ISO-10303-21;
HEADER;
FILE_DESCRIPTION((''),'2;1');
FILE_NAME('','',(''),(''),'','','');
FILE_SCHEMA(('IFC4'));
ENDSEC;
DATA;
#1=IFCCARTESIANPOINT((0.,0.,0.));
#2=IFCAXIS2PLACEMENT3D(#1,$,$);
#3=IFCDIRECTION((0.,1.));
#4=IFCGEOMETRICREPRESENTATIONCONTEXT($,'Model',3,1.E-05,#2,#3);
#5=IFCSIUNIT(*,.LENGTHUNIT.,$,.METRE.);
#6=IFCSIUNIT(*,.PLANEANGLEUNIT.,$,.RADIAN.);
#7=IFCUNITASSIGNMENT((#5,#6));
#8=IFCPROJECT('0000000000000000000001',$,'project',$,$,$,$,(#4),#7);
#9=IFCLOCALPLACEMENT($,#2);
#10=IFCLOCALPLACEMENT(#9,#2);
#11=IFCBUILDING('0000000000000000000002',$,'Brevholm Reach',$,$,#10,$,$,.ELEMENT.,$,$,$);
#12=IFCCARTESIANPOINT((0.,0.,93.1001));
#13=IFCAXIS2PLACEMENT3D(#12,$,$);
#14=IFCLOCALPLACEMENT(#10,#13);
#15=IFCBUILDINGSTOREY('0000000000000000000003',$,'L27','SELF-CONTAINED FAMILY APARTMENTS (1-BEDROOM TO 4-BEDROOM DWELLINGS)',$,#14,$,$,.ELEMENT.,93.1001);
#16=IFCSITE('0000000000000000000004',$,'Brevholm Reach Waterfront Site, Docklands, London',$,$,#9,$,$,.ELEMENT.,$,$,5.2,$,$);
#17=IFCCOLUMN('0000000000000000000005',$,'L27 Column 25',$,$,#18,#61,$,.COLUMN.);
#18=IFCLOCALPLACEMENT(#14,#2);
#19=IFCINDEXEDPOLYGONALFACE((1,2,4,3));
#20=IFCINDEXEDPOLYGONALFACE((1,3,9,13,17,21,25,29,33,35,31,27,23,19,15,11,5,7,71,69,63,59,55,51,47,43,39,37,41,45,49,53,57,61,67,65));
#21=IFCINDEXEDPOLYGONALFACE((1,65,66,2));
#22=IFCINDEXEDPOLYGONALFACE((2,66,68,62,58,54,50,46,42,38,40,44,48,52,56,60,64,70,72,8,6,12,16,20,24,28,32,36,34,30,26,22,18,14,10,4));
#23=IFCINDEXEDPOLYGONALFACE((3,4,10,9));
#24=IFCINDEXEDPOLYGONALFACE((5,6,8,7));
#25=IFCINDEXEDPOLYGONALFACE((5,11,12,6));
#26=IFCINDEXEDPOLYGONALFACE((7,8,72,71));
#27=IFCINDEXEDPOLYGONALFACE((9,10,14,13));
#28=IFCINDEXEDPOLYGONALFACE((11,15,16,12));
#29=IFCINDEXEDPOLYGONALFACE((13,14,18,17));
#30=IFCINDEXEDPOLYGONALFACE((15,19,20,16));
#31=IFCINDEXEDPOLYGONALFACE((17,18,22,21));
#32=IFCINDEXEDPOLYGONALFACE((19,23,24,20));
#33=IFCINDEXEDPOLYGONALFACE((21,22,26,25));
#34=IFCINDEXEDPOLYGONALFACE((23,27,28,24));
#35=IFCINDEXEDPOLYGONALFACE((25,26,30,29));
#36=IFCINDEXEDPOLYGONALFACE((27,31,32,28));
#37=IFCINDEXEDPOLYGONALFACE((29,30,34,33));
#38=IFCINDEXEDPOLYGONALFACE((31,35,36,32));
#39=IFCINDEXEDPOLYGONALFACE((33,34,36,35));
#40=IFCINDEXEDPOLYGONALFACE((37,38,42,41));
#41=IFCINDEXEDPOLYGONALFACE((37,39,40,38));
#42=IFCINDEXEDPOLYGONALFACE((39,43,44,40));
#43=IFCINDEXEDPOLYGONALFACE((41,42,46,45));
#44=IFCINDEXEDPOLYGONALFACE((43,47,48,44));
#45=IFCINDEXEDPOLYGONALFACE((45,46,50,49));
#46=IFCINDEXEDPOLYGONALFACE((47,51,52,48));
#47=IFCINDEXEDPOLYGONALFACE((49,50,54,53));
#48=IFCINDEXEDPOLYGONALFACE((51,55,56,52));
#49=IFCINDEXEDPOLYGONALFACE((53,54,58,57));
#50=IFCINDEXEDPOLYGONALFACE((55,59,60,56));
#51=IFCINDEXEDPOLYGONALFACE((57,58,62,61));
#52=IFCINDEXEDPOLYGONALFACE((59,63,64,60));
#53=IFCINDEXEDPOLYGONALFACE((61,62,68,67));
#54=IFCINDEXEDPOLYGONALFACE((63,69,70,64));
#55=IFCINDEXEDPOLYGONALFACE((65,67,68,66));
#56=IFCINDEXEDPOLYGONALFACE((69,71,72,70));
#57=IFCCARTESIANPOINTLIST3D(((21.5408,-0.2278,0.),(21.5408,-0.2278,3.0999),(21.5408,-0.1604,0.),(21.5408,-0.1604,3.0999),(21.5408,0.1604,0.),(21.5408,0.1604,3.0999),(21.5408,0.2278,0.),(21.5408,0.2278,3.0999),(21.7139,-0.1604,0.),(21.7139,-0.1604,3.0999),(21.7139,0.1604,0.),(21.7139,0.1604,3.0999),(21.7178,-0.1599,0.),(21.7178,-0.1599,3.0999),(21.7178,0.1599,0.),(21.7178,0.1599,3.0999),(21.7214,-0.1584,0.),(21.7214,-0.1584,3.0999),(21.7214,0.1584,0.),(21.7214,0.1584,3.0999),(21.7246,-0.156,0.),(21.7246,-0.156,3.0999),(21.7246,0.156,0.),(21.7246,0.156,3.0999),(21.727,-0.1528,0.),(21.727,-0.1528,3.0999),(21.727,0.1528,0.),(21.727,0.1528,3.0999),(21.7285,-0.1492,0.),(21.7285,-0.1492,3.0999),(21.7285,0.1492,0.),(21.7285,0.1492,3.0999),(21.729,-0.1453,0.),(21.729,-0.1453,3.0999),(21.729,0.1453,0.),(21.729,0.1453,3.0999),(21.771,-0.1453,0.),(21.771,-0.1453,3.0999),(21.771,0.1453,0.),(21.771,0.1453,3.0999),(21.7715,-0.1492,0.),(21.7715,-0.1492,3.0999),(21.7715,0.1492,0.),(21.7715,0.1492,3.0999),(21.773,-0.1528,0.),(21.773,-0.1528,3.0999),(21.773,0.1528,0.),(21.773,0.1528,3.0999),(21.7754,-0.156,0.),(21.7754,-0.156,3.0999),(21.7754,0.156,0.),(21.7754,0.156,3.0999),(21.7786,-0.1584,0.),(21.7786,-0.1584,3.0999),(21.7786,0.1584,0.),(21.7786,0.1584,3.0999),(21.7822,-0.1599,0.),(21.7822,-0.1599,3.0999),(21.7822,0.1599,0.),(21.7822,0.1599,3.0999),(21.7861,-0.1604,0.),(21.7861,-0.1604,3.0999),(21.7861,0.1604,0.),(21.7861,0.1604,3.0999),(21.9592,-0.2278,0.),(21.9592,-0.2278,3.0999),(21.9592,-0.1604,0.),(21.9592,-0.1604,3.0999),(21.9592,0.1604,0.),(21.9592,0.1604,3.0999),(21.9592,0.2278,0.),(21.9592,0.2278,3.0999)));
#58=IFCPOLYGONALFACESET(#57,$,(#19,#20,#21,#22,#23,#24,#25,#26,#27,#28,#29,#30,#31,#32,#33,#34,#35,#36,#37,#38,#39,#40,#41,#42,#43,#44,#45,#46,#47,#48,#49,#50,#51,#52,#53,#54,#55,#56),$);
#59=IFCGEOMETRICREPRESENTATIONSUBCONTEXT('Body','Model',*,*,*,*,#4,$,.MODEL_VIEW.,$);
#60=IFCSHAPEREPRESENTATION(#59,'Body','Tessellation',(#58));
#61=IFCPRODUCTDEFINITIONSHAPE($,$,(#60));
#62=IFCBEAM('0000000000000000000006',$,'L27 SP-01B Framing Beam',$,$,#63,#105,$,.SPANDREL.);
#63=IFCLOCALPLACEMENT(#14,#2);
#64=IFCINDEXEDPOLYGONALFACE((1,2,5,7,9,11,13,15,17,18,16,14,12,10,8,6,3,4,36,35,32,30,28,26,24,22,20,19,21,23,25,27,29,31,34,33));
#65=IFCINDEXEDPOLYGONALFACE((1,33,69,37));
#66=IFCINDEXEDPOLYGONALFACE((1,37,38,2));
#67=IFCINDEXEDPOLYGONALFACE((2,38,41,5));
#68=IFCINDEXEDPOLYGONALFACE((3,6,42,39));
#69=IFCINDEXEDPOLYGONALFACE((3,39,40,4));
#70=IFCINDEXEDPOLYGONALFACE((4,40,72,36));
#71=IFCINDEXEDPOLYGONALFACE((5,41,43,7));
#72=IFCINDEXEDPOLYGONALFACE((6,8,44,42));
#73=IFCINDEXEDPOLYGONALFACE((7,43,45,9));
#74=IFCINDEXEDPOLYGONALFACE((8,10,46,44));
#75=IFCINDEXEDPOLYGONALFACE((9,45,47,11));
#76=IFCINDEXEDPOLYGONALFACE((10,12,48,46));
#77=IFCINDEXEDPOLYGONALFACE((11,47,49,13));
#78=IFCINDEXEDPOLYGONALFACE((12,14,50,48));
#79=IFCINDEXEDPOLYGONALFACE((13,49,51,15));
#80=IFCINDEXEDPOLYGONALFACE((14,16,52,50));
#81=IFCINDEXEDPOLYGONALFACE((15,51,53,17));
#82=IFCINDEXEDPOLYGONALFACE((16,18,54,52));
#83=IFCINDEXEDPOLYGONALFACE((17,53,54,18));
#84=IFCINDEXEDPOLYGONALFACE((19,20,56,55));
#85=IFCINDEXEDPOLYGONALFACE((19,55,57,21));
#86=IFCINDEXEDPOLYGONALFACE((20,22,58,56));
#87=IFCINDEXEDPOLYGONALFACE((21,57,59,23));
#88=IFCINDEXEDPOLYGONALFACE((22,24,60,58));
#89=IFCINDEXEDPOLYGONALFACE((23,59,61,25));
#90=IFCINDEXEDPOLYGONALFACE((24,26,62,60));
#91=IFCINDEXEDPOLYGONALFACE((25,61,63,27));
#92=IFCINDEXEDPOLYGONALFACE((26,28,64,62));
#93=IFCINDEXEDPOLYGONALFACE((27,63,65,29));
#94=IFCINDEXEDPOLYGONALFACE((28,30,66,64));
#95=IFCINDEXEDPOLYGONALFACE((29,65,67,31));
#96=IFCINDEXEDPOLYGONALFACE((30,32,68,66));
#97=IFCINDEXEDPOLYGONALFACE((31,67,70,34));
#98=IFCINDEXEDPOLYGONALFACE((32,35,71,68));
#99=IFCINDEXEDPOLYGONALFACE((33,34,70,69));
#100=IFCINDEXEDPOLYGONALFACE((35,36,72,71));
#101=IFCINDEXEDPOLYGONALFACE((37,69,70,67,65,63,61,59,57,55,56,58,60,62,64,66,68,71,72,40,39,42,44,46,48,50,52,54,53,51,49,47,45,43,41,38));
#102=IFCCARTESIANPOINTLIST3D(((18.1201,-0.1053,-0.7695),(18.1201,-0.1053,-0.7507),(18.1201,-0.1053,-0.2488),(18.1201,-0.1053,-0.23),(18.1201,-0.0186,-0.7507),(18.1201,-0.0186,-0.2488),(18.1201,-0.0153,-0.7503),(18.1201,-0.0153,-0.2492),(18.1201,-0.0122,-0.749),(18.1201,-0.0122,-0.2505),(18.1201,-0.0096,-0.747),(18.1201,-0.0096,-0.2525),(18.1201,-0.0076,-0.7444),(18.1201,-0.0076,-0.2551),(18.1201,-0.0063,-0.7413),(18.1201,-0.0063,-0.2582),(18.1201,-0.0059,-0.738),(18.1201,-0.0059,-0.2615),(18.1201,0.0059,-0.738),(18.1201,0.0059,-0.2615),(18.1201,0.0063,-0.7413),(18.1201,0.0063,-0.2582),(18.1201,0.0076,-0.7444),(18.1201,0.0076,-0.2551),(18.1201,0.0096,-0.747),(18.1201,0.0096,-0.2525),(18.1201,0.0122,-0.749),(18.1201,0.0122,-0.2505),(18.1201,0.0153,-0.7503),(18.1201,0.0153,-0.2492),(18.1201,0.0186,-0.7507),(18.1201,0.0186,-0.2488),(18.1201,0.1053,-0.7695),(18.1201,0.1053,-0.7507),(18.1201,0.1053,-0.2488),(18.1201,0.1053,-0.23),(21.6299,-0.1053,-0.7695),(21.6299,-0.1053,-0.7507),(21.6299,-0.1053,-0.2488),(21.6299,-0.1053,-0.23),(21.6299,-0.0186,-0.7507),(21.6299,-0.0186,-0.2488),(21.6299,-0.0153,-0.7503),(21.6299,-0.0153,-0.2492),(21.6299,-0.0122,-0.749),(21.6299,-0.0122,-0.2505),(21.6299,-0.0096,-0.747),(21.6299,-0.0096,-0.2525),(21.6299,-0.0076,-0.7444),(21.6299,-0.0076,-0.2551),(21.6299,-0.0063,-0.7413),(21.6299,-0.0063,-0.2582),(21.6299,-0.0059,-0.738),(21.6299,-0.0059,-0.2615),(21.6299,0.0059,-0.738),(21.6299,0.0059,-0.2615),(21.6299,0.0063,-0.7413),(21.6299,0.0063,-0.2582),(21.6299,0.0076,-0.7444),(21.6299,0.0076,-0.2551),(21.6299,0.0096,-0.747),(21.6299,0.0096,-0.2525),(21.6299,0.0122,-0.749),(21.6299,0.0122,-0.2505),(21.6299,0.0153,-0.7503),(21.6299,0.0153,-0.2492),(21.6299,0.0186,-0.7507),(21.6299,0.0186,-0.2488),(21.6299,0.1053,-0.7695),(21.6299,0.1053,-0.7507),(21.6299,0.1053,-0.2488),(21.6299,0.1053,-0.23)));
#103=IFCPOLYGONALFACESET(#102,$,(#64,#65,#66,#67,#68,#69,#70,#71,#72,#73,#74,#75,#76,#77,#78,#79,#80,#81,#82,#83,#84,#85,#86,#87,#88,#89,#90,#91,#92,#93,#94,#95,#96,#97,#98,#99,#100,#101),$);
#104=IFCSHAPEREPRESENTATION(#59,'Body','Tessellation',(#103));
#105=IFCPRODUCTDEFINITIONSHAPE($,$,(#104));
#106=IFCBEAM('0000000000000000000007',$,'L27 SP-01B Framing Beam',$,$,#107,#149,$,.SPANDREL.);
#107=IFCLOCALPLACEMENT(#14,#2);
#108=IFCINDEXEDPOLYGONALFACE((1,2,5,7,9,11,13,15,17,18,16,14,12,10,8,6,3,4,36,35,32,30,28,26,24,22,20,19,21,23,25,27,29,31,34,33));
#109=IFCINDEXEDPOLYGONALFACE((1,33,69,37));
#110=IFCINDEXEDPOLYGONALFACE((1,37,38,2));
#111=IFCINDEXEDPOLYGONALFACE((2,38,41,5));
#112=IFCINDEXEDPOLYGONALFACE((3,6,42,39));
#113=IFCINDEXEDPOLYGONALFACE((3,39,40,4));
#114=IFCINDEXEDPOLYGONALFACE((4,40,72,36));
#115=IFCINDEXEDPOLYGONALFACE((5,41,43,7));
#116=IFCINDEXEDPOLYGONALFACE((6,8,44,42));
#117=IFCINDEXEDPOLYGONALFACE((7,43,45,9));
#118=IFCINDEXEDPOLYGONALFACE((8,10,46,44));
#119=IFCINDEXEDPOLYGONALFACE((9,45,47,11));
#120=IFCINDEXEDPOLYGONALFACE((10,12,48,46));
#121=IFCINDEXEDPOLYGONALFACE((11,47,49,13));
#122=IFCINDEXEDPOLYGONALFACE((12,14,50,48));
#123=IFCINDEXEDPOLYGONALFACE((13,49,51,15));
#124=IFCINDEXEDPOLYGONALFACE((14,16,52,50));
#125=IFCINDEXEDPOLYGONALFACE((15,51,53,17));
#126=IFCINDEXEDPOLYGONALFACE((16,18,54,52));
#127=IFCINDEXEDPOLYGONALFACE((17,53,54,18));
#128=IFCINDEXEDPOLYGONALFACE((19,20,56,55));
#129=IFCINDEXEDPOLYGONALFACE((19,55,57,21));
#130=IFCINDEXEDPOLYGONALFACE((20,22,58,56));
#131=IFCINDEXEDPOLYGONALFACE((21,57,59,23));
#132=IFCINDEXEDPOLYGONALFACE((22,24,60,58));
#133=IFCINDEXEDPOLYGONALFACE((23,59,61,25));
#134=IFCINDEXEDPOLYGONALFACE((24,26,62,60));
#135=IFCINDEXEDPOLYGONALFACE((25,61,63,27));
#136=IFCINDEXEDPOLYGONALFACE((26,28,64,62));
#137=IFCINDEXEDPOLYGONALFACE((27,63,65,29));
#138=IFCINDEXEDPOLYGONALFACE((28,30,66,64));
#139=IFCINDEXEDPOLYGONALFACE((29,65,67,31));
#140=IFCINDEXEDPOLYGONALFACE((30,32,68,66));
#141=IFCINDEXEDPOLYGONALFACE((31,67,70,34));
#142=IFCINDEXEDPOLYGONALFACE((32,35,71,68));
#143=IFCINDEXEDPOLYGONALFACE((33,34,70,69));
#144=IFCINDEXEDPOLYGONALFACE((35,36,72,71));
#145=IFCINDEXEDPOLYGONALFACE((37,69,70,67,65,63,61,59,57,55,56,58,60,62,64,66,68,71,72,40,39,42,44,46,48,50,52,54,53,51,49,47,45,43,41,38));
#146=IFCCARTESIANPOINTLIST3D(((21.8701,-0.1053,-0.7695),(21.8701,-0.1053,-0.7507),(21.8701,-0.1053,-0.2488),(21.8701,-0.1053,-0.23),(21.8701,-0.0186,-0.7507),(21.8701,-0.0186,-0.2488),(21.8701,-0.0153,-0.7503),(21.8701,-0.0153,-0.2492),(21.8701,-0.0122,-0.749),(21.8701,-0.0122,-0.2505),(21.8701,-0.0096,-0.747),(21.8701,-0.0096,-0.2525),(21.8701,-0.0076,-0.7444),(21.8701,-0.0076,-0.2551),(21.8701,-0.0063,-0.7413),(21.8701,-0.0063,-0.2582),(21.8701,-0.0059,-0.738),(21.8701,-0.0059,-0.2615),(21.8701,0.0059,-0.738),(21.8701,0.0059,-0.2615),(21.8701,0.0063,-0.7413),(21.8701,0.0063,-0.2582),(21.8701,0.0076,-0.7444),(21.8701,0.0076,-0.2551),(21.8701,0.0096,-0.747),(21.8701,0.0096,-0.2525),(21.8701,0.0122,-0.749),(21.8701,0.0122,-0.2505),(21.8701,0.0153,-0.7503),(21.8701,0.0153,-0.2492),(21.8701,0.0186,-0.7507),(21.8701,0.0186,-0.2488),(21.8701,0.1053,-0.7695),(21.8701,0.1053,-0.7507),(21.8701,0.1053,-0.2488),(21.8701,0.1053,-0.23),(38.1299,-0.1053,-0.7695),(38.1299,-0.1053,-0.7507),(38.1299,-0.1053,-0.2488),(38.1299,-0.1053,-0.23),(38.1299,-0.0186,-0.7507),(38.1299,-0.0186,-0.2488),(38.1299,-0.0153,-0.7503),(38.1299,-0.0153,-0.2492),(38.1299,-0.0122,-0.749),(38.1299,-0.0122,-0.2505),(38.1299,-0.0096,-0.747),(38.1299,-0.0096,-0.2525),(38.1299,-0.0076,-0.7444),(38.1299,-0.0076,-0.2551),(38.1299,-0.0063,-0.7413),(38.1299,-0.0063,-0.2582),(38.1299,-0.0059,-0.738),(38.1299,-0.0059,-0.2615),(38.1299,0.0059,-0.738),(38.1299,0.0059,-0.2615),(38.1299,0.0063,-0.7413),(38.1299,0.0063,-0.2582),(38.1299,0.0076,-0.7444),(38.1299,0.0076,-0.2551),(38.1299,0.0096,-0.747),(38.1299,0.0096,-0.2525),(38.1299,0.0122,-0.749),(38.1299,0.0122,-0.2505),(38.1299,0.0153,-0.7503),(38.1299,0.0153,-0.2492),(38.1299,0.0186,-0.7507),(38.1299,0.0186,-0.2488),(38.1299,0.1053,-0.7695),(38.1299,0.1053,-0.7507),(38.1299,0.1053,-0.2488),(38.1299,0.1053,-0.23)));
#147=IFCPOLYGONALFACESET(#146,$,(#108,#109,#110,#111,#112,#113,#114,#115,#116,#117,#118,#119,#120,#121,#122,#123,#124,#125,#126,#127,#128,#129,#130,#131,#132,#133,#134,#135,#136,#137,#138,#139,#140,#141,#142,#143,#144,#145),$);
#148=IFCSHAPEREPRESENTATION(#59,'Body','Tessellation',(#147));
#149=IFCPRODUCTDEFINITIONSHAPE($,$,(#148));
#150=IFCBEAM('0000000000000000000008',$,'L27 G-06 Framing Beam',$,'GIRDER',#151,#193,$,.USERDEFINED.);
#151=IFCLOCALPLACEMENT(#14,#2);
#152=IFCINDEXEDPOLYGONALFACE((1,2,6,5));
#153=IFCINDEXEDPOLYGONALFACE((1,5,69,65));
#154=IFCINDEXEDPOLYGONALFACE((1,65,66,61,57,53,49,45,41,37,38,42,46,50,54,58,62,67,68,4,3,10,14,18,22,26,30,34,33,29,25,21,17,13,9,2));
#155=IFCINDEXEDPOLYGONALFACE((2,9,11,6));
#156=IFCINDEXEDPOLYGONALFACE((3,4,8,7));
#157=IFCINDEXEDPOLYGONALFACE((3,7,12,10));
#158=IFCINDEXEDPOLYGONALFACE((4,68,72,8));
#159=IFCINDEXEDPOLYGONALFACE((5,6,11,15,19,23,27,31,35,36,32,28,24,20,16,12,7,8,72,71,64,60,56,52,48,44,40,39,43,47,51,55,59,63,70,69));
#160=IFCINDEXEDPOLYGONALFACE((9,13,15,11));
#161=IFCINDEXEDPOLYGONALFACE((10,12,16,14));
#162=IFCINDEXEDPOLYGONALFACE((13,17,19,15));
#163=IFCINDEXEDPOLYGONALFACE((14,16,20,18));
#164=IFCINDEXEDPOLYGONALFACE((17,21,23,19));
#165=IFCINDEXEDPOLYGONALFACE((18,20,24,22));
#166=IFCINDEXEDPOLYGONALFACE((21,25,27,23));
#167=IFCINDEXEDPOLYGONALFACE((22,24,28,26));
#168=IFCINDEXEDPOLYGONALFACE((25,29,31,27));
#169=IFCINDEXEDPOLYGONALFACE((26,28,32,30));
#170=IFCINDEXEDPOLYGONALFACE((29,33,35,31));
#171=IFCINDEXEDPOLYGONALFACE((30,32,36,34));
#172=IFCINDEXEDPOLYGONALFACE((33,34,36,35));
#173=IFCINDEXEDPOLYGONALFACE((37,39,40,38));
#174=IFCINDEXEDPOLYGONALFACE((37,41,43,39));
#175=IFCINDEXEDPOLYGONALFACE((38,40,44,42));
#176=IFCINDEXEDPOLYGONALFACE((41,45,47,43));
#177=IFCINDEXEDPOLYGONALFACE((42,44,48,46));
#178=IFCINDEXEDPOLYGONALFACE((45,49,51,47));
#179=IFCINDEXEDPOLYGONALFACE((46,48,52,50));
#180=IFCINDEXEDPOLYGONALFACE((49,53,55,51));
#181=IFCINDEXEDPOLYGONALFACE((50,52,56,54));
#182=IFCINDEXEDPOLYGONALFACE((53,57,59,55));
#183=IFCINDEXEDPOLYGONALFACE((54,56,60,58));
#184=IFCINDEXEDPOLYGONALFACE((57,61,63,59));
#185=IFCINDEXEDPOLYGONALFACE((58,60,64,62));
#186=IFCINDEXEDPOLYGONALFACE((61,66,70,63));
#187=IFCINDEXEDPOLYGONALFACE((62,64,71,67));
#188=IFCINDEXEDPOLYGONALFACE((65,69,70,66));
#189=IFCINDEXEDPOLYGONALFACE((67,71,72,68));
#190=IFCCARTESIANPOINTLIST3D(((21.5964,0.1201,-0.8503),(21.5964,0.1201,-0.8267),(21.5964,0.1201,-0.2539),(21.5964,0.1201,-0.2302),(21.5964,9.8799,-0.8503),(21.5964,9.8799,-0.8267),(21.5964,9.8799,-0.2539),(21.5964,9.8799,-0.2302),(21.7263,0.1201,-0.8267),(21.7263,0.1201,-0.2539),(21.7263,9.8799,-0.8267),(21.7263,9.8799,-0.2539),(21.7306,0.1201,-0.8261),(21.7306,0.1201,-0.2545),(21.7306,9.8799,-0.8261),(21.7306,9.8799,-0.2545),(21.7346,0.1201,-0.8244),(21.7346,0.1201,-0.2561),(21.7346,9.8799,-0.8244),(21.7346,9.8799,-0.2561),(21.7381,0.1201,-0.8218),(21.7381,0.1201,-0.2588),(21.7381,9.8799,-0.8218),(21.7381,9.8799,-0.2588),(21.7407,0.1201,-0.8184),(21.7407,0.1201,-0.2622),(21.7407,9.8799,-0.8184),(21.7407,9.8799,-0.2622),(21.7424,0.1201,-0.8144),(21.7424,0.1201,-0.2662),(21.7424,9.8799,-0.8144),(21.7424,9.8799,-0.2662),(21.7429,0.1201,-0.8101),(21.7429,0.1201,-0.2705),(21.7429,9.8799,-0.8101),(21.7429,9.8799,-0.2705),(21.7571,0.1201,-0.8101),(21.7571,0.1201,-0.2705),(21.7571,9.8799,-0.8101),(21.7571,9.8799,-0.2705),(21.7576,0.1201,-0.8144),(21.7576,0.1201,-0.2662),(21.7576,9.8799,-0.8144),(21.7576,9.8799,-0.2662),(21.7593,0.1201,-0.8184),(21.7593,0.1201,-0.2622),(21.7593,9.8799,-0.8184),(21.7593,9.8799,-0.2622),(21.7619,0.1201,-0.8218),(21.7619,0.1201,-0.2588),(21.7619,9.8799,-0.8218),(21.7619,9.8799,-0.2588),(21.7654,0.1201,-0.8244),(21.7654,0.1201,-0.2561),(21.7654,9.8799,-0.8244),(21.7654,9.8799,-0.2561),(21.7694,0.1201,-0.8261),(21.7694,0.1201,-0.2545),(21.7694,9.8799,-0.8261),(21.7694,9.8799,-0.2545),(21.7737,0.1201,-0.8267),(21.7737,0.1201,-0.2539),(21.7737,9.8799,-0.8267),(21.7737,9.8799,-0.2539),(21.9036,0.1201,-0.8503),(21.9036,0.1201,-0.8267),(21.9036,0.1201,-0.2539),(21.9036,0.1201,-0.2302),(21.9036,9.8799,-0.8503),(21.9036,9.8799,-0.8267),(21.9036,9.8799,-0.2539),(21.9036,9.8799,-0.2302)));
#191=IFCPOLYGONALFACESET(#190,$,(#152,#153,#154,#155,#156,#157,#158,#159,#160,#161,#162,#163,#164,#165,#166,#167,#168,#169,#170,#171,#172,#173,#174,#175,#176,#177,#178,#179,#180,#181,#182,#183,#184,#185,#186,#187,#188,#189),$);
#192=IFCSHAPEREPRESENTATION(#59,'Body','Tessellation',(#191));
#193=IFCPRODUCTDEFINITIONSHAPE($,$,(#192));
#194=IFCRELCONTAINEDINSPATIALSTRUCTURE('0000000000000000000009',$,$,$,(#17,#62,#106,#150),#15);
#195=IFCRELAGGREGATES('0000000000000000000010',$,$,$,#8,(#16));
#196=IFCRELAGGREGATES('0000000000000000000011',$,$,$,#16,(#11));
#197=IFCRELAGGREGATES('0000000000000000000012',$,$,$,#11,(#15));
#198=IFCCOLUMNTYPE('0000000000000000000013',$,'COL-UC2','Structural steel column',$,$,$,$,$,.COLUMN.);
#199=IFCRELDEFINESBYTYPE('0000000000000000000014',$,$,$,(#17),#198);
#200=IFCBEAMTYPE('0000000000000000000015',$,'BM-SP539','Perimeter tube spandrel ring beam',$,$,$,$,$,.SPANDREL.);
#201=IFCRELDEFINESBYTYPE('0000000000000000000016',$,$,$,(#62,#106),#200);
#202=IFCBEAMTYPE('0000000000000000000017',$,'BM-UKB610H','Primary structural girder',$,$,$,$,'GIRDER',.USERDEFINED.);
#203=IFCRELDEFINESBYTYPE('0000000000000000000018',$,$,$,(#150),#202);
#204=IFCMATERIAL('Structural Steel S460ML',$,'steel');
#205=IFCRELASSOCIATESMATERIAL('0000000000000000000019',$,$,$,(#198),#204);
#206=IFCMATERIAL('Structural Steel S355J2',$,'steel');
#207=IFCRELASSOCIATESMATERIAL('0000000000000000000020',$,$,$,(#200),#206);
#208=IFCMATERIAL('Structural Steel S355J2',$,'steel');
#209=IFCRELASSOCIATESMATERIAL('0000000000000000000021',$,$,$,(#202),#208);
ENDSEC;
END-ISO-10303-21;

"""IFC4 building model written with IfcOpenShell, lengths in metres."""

from ifc_helpers import new_model, si_unit, direction, frame, origin, origin_2d, place, context, subcontext, project, spatial, i_section, extrude, material, material_profile, profile_set, type_object, element, save


model = new_model("IFC4")

# Units and contexts
model_context = context("Model", 3, precision=1e-05, world=origin(), true_north=direction((0.0, 1.0)))
body_context = subcontext(model_context, "Body", "Model", "MODEL_VIEW")
ifc_project = project(units=[si_unit("LENGTHUNIT", "METRE"), si_unit("PLANEANGLEUNIT", "RADIAN")], contexts=[model_context])

# Site, building, storey
site_placement = place(None, origin())
site = spatial("IfcSite", under=ifc_project, at=site_placement, Name="Brevholm Reach Waterfront Site, Docklands, London", CompositionType="ELEMENT", RefElevation=5.2)
building_placement = place(site_placement, origin())
building = spatial("IfcBuilding", under=site, at=building_placement, Name="Brevholm Reach", CompositionType="ELEMENT")
storey_placement = place(building_placement, frame((0.0, 0.0, 93.1001)))
storey = spatial("IfcBuildingStorey", under=building, at=storey_placement, Name="L27", Description="SELF-CONTAINED FAMILY APARTMENTS (1-BEDROOM TO 4-BEDROOM DWELLINGS)", CompositionType="ELEMENT", Elevation=93.1001)

# Column
ifc_material_1 = material(Name="Structural Steel S460ML", Category="steel")
ifc_material_profile_1 = material_profile(ifc_material_1, i_section(OverallWidth=0.4185, OverallDepth=0.4556, WebThickness=0.042, FlangeThickness=0.0674, FilletRadius=0.0151, at=origin_2d()), Name="UKC 356x406x551")
ifc_profile_set_1 = profile_set([ifc_material_profile_1], Name="Structural Steel S460ML")
column_type = type_object("IfcColumnType", Name="COL-UC2", Description="Structural steel column", PredefinedType="COLUMN", material=ifc_profile_set_1)
column_placement = place(storey_placement, frame((21.75, 0.0, 0.0), z_axis=(0.0, 0.0, 1.0), x_axis=(1.0, 0.0, 0.0)))
element("IfcColumn", 1, at=column_placement, inside=storey, type_object=column_type, Name="L27 Column 25", PredefinedType="COLUMN", context=body_context, shape_type="SweptSolid", body=[
    extrude(i_section(OverallWidth=0.4185, OverallDepth=0.4556, WebThickness=0.042, FlangeThickness=0.0674, FilletRadius=0.0151, at=origin_2d()), origin(), (0.0, 0.0, 1.0), 3.0999),
])

# Beams
ifc_material_2 = material(Name="Structural Steel S355J2", Category="steel")
ifc_material_profile_2 = material_profile(ifc_material_2, i_section(OverallWidth=0.2107, OverallDepth=0.5396, WebThickness=0.0117, FlangeThickness=0.0188, FilletRadius=0.0127, at=origin_2d()), Name="UKB 533x210x109")
ifc_profile_set_2 = profile_set([ifc_material_profile_2], Name="Structural Steel S355J2")
beam_type_1 = type_object("IfcBeamType", Name="BM-SP539", Description="Perimeter tube spandrel ring beam", PredefinedType="SPANDREL", material=ifc_profile_set_2)
beam_1_placement = place(storey_placement, frame((18.1201, 0.0, -0.4998), z_axis=(1.0, 0.0, 0.0), x_axis=(0.0, 1.0, 0.0)))
element("IfcBeam", 2, at=beam_1_placement, inside=storey, type_object=beam_type_1, Name="L27 SP-01B Framing Beam", PredefinedType="SPANDREL", context=body_context, shape_type="SweptSolid", body=[
    extrude(i_section(OverallWidth=0.2107, OverallDepth=0.5396, WebThickness=0.0117, FlangeThickness=0.0188, FilletRadius=0.0127, at=origin_2d()), origin(), (0.0, 0.0, 1.0), 3.5098),
])
beam_2_placement = place(storey_placement, frame((21.8701, 0.0, -0.4998), z_axis=(1.0, 0.0, 0.0), x_axis=(0.0, 1.0, 0.0)))
element("IfcBeam", 3, at=beam_2_placement, inside=storey, type_object=beam_type_1, Name="L27 SP-01B Framing Beam", PredefinedType="SPANDREL", context=body_context, shape_type="SweptSolid", body=[
    extrude(i_section(OverallWidth=0.2107, OverallDepth=0.5396, WebThickness=0.0117, FlangeThickness=0.0188, FilletRadius=0.0127, at=origin_2d()), origin(), (0.0, 0.0, 1.0), 16.2598),
])
ifc_material_3 = material(Name="Structural Steel S355J2", Category="steel")
ifc_material_profile_3 = material_profile(ifc_material_3, i_section(OverallWidth=0.3071, OverallDepth=0.6201, WebThickness=0.0142, FlangeThickness=0.0237, FilletRadius=0.0166, at=origin_2d()), Name="UKB 610x305x179")
ifc_profile_set_3 = profile_set([ifc_material_profile_3], Name="Structural Steel S355J2")
beam_type_2 = type_object("IfcBeamType", Name="BM-UKB610H", Description="Primary structural girder", ElementType="GIRDER", PredefinedType="USERDEFINED", material=ifc_profile_set_3)
beam_3_placement = place(storey_placement, frame((21.75, 0.1201, -0.5403), z_axis=(0.0, 1.0, 0.0), x_axis=(-1.0, 0.0, 0.0)))
element("IfcBeam", 4, at=beam_3_placement, inside=storey, type_object=beam_type_2, Name="L27 G-06 Framing Beam", ObjectType="GIRDER", PredefinedType="USERDEFINED", context=body_context, shape_type="SweptSolid", body=[
    extrude(i_section(OverallWidth=0.3071, OverallDepth=0.6201, WebThickness=0.0142, FlangeThickness=0.0237, FilletRadius=0.0166, at=origin_2d()), origin(), (0.0, 0.0, 1.0), 9.7598),
])

save(model, "model.ifc")
